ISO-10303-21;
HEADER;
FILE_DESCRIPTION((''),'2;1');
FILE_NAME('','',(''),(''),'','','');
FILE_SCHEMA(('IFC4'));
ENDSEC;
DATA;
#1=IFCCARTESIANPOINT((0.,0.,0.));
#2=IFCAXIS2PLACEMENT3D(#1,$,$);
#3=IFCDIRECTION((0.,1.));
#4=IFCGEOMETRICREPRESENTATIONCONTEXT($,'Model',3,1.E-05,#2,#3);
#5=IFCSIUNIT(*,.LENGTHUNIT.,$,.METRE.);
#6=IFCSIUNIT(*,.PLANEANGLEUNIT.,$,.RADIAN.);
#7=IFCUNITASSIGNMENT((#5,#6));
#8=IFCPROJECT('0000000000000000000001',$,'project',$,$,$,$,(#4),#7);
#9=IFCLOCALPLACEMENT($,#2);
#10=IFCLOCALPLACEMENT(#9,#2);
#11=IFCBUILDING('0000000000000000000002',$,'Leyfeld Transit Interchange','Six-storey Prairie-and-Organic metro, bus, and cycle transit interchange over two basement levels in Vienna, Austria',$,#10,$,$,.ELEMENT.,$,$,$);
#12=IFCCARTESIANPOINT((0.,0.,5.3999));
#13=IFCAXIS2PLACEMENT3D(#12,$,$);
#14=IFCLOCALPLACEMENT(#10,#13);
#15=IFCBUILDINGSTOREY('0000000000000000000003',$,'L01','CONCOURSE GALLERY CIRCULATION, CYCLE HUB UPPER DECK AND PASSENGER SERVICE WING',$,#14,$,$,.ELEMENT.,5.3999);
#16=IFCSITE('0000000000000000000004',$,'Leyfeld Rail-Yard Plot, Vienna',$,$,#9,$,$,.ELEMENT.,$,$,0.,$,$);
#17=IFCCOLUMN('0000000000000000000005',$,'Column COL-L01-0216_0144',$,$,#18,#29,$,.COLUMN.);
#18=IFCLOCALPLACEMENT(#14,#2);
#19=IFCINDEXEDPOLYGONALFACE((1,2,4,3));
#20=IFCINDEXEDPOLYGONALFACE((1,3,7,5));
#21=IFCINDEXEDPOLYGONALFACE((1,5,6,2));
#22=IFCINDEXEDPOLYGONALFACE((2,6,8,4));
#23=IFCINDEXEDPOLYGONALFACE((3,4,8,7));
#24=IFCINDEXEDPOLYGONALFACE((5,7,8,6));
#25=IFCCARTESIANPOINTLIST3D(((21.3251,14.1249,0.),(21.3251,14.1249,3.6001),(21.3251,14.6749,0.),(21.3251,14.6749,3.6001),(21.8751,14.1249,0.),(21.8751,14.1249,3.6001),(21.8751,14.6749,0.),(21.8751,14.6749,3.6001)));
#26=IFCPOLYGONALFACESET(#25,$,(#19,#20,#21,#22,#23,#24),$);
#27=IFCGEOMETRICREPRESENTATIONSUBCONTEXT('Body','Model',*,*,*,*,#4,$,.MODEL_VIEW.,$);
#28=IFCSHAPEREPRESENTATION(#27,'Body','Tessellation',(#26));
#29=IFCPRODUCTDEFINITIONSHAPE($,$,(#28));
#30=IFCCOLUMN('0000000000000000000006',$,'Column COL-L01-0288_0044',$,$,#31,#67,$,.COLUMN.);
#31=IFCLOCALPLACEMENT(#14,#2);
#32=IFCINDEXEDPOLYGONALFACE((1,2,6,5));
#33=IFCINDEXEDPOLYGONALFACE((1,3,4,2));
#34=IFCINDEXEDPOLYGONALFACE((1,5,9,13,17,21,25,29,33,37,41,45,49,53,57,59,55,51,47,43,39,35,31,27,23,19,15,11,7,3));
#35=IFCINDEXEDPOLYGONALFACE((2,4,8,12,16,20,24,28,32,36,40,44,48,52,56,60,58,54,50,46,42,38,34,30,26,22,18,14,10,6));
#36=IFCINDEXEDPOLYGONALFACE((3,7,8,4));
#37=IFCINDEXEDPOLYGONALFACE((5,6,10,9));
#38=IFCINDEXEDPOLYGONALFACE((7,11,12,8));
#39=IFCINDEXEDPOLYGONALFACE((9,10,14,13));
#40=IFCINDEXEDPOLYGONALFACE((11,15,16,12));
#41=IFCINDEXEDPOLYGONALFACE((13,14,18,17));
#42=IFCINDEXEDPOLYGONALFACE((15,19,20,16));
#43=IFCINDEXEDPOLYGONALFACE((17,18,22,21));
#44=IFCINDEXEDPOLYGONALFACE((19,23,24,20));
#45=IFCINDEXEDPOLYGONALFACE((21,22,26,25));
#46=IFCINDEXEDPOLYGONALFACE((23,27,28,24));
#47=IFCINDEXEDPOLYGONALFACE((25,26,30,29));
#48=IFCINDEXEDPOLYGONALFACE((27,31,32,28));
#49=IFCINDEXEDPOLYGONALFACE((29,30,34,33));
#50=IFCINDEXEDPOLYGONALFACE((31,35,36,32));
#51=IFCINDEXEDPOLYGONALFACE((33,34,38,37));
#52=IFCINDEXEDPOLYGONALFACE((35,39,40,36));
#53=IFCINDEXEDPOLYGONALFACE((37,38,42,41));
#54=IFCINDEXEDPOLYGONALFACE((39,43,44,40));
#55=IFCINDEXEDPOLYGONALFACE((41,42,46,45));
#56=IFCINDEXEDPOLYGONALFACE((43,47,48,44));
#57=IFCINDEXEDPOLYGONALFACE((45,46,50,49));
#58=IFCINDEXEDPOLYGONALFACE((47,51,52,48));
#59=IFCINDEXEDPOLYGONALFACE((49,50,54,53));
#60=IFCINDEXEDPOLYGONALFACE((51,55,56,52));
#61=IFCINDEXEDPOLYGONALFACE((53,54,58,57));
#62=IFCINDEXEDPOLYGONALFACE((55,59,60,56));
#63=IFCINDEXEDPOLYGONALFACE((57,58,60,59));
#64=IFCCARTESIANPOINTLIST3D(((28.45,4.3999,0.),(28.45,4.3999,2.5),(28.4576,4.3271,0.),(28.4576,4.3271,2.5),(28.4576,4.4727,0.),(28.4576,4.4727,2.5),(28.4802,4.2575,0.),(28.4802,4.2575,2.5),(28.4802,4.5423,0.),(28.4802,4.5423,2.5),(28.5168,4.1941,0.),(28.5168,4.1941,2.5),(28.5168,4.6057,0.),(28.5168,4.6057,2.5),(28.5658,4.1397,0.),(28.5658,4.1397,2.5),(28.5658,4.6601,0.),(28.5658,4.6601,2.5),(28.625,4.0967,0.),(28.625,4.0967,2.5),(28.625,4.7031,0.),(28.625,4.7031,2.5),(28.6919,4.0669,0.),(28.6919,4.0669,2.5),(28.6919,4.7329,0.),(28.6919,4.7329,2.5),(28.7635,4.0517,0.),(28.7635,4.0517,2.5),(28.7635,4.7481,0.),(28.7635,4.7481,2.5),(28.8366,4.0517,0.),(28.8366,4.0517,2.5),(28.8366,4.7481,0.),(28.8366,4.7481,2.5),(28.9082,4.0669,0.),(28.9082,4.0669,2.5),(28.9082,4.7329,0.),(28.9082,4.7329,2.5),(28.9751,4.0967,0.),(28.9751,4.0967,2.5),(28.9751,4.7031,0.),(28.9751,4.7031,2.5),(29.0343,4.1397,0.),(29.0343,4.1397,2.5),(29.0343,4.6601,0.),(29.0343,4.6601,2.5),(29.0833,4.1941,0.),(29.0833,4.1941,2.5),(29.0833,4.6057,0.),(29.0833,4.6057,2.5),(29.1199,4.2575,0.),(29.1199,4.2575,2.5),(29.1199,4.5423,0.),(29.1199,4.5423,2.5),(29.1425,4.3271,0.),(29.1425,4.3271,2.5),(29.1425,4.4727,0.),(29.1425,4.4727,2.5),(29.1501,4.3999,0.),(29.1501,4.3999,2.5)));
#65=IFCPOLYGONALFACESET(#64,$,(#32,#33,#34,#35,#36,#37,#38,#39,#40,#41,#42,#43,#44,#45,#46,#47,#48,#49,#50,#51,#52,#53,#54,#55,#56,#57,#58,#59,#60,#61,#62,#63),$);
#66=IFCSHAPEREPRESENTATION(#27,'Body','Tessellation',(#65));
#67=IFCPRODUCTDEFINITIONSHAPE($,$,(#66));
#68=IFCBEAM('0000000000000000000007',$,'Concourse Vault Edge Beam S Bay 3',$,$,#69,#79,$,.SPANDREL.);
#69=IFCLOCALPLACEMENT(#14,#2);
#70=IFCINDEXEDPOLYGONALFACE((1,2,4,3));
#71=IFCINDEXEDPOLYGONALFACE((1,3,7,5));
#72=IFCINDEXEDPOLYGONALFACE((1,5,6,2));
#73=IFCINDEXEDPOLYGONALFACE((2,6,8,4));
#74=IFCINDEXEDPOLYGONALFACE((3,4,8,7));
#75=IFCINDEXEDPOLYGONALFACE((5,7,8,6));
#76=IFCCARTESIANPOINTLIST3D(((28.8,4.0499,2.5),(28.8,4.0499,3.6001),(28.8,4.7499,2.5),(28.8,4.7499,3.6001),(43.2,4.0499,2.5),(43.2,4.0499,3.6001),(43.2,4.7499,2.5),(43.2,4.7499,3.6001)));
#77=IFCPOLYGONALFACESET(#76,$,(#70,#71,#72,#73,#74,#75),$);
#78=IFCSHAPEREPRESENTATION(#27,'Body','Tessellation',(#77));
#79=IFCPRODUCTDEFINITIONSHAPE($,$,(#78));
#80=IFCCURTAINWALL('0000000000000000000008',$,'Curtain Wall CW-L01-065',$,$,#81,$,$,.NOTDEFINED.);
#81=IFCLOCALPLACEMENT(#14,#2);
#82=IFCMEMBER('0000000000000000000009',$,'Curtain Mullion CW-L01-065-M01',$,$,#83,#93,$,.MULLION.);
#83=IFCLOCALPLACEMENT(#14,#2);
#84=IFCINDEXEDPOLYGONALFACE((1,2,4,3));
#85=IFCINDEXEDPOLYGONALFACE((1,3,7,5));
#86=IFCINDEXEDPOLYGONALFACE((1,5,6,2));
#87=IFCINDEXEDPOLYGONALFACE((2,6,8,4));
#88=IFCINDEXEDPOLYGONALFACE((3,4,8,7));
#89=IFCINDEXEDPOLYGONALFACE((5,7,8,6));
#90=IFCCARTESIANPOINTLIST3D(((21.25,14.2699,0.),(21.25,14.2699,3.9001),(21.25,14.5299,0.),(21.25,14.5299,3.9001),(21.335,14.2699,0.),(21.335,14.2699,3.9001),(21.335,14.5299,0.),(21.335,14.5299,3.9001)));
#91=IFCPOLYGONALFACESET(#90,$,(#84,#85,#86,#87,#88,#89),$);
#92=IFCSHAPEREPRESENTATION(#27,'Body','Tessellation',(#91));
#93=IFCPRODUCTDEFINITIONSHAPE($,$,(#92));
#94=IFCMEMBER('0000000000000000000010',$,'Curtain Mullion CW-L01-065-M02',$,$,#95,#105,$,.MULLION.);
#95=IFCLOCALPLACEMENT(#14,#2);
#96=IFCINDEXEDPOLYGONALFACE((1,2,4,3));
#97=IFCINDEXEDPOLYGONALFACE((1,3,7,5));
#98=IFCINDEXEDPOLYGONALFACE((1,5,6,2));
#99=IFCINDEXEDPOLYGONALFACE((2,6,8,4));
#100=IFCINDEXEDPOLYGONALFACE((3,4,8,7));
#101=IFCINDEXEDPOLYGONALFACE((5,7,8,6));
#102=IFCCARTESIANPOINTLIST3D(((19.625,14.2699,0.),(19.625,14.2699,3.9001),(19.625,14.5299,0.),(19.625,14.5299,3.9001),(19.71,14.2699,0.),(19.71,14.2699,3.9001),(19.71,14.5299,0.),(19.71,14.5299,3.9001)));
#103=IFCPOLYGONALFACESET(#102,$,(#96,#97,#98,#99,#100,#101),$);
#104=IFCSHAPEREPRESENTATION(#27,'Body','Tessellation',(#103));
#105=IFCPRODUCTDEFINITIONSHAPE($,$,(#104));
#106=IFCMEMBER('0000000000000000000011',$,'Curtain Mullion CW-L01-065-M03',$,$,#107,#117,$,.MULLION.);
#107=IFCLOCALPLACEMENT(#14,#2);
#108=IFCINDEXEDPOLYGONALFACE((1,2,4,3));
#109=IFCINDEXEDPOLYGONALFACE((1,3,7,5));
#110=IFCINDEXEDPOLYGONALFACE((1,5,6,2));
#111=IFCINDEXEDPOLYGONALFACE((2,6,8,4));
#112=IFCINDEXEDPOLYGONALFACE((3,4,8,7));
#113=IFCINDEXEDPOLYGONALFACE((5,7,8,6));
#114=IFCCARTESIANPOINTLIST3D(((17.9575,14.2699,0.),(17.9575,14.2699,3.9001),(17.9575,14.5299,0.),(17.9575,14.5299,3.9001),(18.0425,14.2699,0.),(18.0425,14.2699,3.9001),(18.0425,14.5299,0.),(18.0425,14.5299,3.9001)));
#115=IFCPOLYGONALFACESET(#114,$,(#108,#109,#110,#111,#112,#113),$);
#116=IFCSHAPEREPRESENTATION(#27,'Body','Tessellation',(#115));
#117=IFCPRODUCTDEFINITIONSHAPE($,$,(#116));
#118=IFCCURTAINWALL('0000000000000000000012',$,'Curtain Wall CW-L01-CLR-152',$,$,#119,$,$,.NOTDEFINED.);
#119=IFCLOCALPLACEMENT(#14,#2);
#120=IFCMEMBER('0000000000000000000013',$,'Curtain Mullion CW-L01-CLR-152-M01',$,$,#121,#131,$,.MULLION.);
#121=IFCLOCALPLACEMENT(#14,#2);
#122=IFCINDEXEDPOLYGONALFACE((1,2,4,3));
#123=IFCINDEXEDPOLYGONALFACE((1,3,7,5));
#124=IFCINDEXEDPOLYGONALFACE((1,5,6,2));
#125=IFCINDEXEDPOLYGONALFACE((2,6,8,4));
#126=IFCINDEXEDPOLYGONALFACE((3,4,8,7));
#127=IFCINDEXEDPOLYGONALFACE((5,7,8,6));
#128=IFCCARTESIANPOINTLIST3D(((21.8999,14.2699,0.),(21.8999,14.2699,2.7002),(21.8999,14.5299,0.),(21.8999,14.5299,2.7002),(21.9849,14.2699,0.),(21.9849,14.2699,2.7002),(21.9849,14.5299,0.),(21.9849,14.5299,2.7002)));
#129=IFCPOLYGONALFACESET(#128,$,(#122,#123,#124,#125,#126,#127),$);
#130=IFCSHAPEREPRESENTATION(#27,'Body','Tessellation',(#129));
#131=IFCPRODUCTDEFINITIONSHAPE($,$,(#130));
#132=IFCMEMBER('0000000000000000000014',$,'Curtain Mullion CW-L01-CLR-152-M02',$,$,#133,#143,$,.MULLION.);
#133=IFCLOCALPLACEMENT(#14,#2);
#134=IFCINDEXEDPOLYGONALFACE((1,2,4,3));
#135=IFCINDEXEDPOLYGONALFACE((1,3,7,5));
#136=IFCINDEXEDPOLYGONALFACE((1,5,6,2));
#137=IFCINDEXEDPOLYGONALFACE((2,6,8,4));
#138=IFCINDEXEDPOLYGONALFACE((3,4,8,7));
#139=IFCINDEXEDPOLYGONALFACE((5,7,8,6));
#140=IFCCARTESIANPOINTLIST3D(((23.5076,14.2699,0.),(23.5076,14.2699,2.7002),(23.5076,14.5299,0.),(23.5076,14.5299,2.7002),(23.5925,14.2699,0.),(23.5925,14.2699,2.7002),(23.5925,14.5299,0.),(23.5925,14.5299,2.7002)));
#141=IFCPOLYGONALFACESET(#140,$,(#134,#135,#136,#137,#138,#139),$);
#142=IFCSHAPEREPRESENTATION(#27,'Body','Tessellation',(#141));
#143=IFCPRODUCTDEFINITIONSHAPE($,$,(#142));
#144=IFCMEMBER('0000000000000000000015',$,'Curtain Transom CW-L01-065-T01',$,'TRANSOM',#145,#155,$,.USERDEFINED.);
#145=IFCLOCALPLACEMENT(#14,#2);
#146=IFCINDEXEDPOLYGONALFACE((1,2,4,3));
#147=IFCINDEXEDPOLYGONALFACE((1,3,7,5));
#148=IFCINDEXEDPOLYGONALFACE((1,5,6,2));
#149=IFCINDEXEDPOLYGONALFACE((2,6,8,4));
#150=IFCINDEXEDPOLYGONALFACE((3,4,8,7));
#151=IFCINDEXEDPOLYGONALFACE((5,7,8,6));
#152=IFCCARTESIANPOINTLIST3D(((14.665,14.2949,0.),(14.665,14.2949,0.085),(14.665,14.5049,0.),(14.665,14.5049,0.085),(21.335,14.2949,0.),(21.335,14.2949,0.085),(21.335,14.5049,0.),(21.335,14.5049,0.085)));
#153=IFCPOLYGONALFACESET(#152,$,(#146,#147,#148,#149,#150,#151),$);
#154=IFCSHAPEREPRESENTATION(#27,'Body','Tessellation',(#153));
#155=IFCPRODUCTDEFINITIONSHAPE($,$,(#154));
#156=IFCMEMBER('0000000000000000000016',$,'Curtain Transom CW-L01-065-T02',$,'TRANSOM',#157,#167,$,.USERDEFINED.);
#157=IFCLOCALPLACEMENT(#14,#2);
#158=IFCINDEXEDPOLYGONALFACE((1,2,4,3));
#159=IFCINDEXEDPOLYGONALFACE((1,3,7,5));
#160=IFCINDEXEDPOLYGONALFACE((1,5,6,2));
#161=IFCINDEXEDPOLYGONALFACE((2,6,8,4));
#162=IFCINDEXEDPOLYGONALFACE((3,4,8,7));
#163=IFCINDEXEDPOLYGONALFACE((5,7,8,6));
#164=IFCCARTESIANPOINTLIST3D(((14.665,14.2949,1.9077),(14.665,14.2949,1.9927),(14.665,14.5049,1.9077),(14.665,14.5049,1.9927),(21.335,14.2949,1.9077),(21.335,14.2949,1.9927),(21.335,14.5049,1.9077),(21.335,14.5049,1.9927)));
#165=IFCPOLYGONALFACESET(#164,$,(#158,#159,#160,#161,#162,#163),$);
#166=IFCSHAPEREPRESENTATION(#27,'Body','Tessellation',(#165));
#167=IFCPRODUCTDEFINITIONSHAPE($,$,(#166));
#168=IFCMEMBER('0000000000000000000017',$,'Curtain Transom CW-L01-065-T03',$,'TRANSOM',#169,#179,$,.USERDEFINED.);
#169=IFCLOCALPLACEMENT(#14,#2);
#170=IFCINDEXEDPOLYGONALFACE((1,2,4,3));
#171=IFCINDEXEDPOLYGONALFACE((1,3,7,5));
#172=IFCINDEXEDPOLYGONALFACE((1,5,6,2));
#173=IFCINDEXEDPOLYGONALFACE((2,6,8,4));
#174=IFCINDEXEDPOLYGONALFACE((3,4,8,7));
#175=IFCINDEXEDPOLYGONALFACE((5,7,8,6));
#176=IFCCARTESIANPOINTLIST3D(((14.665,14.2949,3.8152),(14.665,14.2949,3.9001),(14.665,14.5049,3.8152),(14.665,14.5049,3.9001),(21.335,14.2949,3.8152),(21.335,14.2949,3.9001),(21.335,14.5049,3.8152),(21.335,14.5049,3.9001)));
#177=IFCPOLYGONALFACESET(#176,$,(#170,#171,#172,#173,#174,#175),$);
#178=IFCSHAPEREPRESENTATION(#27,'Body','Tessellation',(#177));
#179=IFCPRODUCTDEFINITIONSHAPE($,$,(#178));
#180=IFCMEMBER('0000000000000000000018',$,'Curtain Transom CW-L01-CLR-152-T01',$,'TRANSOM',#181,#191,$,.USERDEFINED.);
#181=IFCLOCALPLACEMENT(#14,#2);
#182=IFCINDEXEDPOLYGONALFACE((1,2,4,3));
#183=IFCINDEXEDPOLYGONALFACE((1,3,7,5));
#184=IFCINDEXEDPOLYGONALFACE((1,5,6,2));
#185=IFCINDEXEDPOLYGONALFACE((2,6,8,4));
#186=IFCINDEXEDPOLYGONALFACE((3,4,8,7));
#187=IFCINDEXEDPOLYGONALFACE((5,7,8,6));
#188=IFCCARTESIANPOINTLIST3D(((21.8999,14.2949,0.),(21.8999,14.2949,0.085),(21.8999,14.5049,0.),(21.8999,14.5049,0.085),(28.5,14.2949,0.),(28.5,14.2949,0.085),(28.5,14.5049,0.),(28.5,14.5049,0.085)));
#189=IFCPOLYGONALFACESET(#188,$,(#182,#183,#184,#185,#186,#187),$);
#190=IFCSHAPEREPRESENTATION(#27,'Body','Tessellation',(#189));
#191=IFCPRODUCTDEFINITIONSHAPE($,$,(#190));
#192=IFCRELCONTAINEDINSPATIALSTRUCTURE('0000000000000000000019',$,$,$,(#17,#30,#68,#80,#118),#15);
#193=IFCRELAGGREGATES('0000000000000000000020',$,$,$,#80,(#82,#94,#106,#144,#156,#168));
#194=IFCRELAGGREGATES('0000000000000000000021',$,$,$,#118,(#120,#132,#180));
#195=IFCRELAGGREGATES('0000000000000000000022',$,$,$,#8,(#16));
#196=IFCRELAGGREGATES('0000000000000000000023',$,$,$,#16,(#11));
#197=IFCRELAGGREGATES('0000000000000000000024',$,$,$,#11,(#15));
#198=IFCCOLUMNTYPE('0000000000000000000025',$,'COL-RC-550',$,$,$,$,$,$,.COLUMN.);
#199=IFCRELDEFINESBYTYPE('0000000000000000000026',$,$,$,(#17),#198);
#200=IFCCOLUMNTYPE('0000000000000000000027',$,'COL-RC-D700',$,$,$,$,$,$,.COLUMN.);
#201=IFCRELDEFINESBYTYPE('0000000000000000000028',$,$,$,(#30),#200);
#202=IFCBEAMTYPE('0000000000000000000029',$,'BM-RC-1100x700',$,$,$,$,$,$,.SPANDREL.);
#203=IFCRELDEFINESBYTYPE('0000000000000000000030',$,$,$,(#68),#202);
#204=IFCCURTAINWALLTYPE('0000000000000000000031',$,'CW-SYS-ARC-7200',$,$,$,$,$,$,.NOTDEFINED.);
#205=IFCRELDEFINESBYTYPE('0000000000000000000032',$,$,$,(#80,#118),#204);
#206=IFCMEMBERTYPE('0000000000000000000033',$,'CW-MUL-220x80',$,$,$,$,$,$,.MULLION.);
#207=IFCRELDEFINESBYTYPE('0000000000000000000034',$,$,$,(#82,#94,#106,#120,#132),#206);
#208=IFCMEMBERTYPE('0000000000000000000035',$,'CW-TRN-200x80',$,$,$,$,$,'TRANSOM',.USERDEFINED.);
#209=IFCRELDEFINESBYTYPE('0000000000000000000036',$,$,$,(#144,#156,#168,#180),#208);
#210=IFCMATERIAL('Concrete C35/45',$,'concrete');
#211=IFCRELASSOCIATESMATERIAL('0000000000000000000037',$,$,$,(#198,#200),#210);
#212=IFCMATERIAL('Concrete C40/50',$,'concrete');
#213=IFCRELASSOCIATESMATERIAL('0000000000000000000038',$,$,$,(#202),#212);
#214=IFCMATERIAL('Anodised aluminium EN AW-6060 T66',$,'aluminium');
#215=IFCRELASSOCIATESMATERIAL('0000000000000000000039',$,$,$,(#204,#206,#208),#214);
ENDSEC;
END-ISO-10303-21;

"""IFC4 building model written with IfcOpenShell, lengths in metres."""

from ifc_helpers import new_model, si_unit, direction, frame, origin, origin_2d, place, context, subcontext, project, spatial, rectangle, circle, extrude, material, material_profile, profile_set, type_object, element, aggregate, save


model = new_model("IFC4")

# Units and contexts
model_context = context("Model", 3, precision=1e-05, world=origin(), true_north=direction((0.0, 1.0)))
body_context = subcontext(model_context, "Body", "Model", "MODEL_VIEW")
ifc_project = project(units=[si_unit("LENGTHUNIT", "METRE"), si_unit("PLANEANGLEUNIT", "RADIAN")], contexts=[model_context])

# Site, building, storey
site_placement = place(None, origin())
site = spatial("IfcSite", under=ifc_project, at=site_placement, Name="Leyfeld Rail-Yard Plot, Vienna", CompositionType="ELEMENT", RefElevation=0.0)
building_placement = place(site_placement, origin())
building = spatial("IfcBuilding", under=site, at=building_placement, Name="Leyfeld Transit Interchange", Description="Six-storey Prairie-and-Organic metro, bus, and cycle transit interchange over two basement levels in Vienna, Austria", CompositionType="ELEMENT")
storey_placement = place(building_placement, frame((0.0, 0.0, 5.3999)))
storey = spatial("IfcBuildingStorey", under=building, at=storey_placement, Name="L01", Description="CONCOURSE GALLERY CIRCULATION, CYCLE HUB UPPER DECK AND PASSENGER SERVICE WING", CompositionType="ELEMENT", Elevation=5.3999)

# Columns
ifc_material_1 = material(Name="Concrete C35/45", Category="concrete")
ifc_material_profile_1 = material_profile(ifc_material_1, rectangle(XDim=0.55, YDim=0.55, at=origin_2d()), Name="RC 550x550")
ifc_profile_set_1 = profile_set([ifc_material_profile_1], Name="Concrete C35/45")
column_type_1 = type_object("IfcColumnType", Name="COL-RC-550", PredefinedType="COLUMN", material=ifc_profile_set_1)
column_1_placement = place(storey_placement, frame((21.6001, 14.3999, 0.0), z_axis=(0.0, 0.0, 1.0), x_axis=(1.0, 0.0, 0.0)))
element("IfcColumn", 1, at=column_1_placement, inside=storey, type_object=column_type_1, Name="Column COL-L01-0216_0144", PredefinedType="COLUMN", context=body_context, shape_type="SweptSolid", body=[
    extrude(rectangle(XDim=0.55, YDim=0.55, at=origin_2d()), origin(), (0.0, 0.0, 1.0), 3.6001),
])
ifc_material_profile_2 = material_profile(ifc_material_1, circle(Radius=0.3501, at=origin_2d()), Name="RC D700")
ifc_profile_set_2 = profile_set([ifc_material_profile_2], Name="Concrete C35/45")
column_type_2 = type_object("IfcColumnType", Name="COL-RC-D700", PredefinedType="COLUMN", material=ifc_profile_set_2)
column_2_placement = place(storey_placement, frame((28.8, 4.3999, 0.0), z_axis=(0.0, 0.0, 1.0), x_axis=(1.0, 0.0, 0.0)))
element("IfcColumn", 2, at=column_2_placement, inside=storey, type_object=column_type_2, Name="Column COL-L01-0288_0044", PredefinedType="COLUMN", context=body_context, shape_type="SweptSolid", body=[
    extrude(circle(Radius=0.3501, at=origin_2d()), origin(), (0.0, 0.0, 1.0), 2.5),
])

# Beam
ifc_material_2 = material(Name="Concrete C40/50", Category="concrete")
ifc_material_profile_3 = material_profile(ifc_material_2, rectangle(XDim=0.7, YDim=1.1001, at=origin_2d()), Name="RC 1100x700")
ifc_profile_set_3 = profile_set([ifc_material_profile_3], Name="Concrete C40/50")
beam_type = type_object("IfcBeamType", Name="BM-RC-1100x700", PredefinedType="SPANDREL", material=ifc_profile_set_3)
beam_placement = place(storey_placement, frame((28.8, 4.3999, 3.05), z_axis=(1.0, 0.0, 0.0), x_axis=(0.0, 1.0, 0.0)))
element("IfcBeam", 3, at=beam_placement, inside=storey, type_object=beam_type, Name="Concourse Vault Edge Beam S Bay 3", PredefinedType="SPANDREL", context=body_context, shape_type="SweptSolid", body=[
    extrude(rectangle(XDim=0.7, YDim=1.1001, at=origin_2d()), origin(), (0.0, 0.0, 1.0), 14.3999),
])

# Curtain walls, members
ifc_material_3 = material(Name="Anodised aluminium EN AW-6060 T66", Category="aluminium")
curtain_wall_type = type_object("IfcCurtainWallType", Name="CW-SYS-ARC-7200", PredefinedType="NOTDEFINED", material=ifc_material_3)
curtain_wall_1_placement = place(storey_placement, origin())
curtain_wall_1 = element("IfcCurtainWall", 4, at=curtain_wall_1_placement, inside=storey, type_object=curtain_wall_type, Name="Curtain Wall CW-L01-065", PredefinedType="NOTDEFINED")
ifc_material_profile_4 = material_profile(ifc_material_3, rectangle(XDim=0.085, YDim=0.26, at=origin_2d()), Name="CW-M 85x260")
ifc_profile_set_4 = profile_set([ifc_material_profile_4], Name="Anodised aluminium EN AW-6060 T66")
member_type_1 = type_object("IfcMemberType", Name="CW-MUL-220x80", PredefinedType="MULLION", material=ifc_profile_set_4)
member_1_placement = place(storey_placement, frame((21.2925, 14.3999, 0.0), z_axis=(0.0, 0.0, 1.0), x_axis=(-1.0, 0.0, 0.0)))
member_1 = element("IfcMember", 5, at=member_1_placement, type_object=member_type_1, Name="Curtain Mullion CW-L01-065-M01", PredefinedType="MULLION", context=body_context, shape_type="SweptSolid", body=[
    extrude(rectangle(XDim=0.085, YDim=0.26, at=origin_2d()), origin(), (0.0, 0.0, 1.0), 3.9001),
])
member_2_placement = place(storey_placement, frame((19.6675, 14.3999, 0.0), z_axis=(0.0, 0.0, 1.0), x_axis=(-1.0, 0.0, 0.0)))
member_2 = element("IfcMember", 6, at=member_2_placement, type_object=member_type_1, Name="Curtain Mullion CW-L01-065-M02", PredefinedType="MULLION", context=body_context, shape_type="SweptSolid", body=[
    extrude(rectangle(XDim=0.085, YDim=0.26, at=origin_2d()), origin(), (0.0, 0.0, 1.0), 3.9001),
])
member_3_placement = place(storey_placement, frame((18.0, 14.3999, 0.0), z_axis=(0.0, 0.0, 1.0), x_axis=(-1.0, 0.0, 0.0)))
member_3 = element("IfcMember", 7, at=member_3_placement, type_object=member_type_1, Name="Curtain Mullion CW-L01-065-M03", PredefinedType="MULLION", context=body_context, shape_type="SweptSolid", body=[
    extrude(rectangle(XDim=0.085, YDim=0.26, at=origin_2d()), origin(), (0.0, 0.0, 1.0), 3.9001),
])
curtain_wall_2_placement = place(storey_placement, origin())
curtain_wall_2 = element("IfcCurtainWall", 8, at=curtain_wall_2_placement, inside=storey, type_object=curtain_wall_type, Name="Curtain Wall CW-L01-CLR-152", PredefinedType="NOTDEFINED")
member_4_placement = place(storey_placement, frame((21.9424, 14.3999, 0.0), z_axis=(0.0, 0.0, 1.0), x_axis=(1.0, 0.0, 0.0)))
member_4 = element("IfcMember", 9, at=member_4_placement, type_object=member_type_1, Name="Curtain Mullion CW-L01-CLR-152-M01", PredefinedType="MULLION", context=body_context, shape_type="SweptSolid", body=[
    extrude(rectangle(XDim=0.085, YDim=0.26, at=origin_2d()), origin(), (0.0, 0.0, 1.0), 2.7002),
])
member_5_placement = place(storey_placement, frame((23.55, 14.3999, 0.0), z_axis=(0.0, 0.0, 1.0), x_axis=(1.0, 0.0, 0.0)))
member_5 = element("IfcMember", 10, at=member_5_placement, type_object=member_type_1, Name="Curtain Mullion CW-L01-CLR-152-M02", PredefinedType="MULLION", context=body_context, shape_type="SweptSolid", body=[
    extrude(rectangle(XDim=0.085, YDim=0.26, at=origin_2d()), origin(), (0.0, 0.0, 1.0), 2.7002),
])

# Members
ifc_material_profile_5 = material_profile(ifc_material_3, rectangle(XDim=0.21, YDim=0.085, at=origin_2d()), Name="CW-TRN-200x80")
ifc_profile_set_5 = profile_set([ifc_material_profile_5], Name="Anodised aluminium EN AW-6060 T66")
member_type_2 = type_object("IfcMemberType", Name="CW-TRN-200x80", ElementType="TRANSOM", PredefinedType="USERDEFINED", material=ifc_profile_set_5)
member_6_placement = place(storey_placement, frame((21.335, 14.3999, 0.0425), z_axis=(-1.0, 0.0, 0.0), x_axis=(0.0, -1.0, 0.0)))
member_6 = element("IfcMember", 11, at=member_6_placement, type_object=member_type_2, Name="Curtain Transom CW-L01-065-T01", ObjectType="TRANSOM", PredefinedType="USERDEFINED", context=body_context, shape_type="SweptSolid", body=[
    extrude(rectangle(XDim=0.21, YDim=0.085, at=origin_2d()), origin(), (0.0, 0.0, 1.0), 6.6699),
])
member_7_placement = place(storey_placement, frame((21.335, 14.3999, 1.9502), z_axis=(-1.0, 0.0, 0.0), x_axis=(0.0, -1.0, 0.0)))
member_7 = element("IfcMember", 12, at=member_7_placement, type_object=member_type_2, Name="Curtain Transom CW-L01-065-T02", ObjectType="TRANSOM", PredefinedType="USERDEFINED", context=body_context, shape_type="SweptSolid", body=[
    extrude(rectangle(XDim=0.21, YDim=0.085, at=origin_2d()), origin(), (0.0, 0.0, 1.0), 6.6699),
])
member_8_placement = place(storey_placement, frame((21.335, 14.3999, 3.8577), z_axis=(-1.0, 0.0, 0.0), x_axis=(0.0, -1.0, 0.0)))
member_8 = element("IfcMember", 13, at=member_8_placement, type_object=member_type_2, Name="Curtain Transom CW-L01-065-T03", ObjectType="TRANSOM", PredefinedType="USERDEFINED", context=body_context, shape_type="SweptSolid", body=[
    extrude(rectangle(XDim=0.21, YDim=0.085, at=origin_2d()), origin(), (0.0, 0.0, 1.0), 6.6699),
])
member_9_placement = place(storey_placement, frame((21.8999, 14.3999, 0.0425), z_axis=(1.0, 0.0, 0.0), x_axis=(0.0, 1.0, 0.0)))
member_9 = element("IfcMember", 14, at=member_9_placement, type_object=member_type_2, Name="Curtain Transom CW-L01-CLR-152-T01", ObjectType="TRANSOM", PredefinedType="USERDEFINED", context=body_context, shape_type="SweptSolid", body=[
    extrude(rectangle(XDim=0.21, YDim=0.085, at=origin_2d()), origin(), (0.0, 0.0, 1.0), 6.6001),
])

aggregate(curtain_wall_1, [member_1, member_2, member_3, member_6, member_7, member_8])
aggregate(curtain_wall_2, [member_4, member_5, member_9])

save(model, "model.ifc")
